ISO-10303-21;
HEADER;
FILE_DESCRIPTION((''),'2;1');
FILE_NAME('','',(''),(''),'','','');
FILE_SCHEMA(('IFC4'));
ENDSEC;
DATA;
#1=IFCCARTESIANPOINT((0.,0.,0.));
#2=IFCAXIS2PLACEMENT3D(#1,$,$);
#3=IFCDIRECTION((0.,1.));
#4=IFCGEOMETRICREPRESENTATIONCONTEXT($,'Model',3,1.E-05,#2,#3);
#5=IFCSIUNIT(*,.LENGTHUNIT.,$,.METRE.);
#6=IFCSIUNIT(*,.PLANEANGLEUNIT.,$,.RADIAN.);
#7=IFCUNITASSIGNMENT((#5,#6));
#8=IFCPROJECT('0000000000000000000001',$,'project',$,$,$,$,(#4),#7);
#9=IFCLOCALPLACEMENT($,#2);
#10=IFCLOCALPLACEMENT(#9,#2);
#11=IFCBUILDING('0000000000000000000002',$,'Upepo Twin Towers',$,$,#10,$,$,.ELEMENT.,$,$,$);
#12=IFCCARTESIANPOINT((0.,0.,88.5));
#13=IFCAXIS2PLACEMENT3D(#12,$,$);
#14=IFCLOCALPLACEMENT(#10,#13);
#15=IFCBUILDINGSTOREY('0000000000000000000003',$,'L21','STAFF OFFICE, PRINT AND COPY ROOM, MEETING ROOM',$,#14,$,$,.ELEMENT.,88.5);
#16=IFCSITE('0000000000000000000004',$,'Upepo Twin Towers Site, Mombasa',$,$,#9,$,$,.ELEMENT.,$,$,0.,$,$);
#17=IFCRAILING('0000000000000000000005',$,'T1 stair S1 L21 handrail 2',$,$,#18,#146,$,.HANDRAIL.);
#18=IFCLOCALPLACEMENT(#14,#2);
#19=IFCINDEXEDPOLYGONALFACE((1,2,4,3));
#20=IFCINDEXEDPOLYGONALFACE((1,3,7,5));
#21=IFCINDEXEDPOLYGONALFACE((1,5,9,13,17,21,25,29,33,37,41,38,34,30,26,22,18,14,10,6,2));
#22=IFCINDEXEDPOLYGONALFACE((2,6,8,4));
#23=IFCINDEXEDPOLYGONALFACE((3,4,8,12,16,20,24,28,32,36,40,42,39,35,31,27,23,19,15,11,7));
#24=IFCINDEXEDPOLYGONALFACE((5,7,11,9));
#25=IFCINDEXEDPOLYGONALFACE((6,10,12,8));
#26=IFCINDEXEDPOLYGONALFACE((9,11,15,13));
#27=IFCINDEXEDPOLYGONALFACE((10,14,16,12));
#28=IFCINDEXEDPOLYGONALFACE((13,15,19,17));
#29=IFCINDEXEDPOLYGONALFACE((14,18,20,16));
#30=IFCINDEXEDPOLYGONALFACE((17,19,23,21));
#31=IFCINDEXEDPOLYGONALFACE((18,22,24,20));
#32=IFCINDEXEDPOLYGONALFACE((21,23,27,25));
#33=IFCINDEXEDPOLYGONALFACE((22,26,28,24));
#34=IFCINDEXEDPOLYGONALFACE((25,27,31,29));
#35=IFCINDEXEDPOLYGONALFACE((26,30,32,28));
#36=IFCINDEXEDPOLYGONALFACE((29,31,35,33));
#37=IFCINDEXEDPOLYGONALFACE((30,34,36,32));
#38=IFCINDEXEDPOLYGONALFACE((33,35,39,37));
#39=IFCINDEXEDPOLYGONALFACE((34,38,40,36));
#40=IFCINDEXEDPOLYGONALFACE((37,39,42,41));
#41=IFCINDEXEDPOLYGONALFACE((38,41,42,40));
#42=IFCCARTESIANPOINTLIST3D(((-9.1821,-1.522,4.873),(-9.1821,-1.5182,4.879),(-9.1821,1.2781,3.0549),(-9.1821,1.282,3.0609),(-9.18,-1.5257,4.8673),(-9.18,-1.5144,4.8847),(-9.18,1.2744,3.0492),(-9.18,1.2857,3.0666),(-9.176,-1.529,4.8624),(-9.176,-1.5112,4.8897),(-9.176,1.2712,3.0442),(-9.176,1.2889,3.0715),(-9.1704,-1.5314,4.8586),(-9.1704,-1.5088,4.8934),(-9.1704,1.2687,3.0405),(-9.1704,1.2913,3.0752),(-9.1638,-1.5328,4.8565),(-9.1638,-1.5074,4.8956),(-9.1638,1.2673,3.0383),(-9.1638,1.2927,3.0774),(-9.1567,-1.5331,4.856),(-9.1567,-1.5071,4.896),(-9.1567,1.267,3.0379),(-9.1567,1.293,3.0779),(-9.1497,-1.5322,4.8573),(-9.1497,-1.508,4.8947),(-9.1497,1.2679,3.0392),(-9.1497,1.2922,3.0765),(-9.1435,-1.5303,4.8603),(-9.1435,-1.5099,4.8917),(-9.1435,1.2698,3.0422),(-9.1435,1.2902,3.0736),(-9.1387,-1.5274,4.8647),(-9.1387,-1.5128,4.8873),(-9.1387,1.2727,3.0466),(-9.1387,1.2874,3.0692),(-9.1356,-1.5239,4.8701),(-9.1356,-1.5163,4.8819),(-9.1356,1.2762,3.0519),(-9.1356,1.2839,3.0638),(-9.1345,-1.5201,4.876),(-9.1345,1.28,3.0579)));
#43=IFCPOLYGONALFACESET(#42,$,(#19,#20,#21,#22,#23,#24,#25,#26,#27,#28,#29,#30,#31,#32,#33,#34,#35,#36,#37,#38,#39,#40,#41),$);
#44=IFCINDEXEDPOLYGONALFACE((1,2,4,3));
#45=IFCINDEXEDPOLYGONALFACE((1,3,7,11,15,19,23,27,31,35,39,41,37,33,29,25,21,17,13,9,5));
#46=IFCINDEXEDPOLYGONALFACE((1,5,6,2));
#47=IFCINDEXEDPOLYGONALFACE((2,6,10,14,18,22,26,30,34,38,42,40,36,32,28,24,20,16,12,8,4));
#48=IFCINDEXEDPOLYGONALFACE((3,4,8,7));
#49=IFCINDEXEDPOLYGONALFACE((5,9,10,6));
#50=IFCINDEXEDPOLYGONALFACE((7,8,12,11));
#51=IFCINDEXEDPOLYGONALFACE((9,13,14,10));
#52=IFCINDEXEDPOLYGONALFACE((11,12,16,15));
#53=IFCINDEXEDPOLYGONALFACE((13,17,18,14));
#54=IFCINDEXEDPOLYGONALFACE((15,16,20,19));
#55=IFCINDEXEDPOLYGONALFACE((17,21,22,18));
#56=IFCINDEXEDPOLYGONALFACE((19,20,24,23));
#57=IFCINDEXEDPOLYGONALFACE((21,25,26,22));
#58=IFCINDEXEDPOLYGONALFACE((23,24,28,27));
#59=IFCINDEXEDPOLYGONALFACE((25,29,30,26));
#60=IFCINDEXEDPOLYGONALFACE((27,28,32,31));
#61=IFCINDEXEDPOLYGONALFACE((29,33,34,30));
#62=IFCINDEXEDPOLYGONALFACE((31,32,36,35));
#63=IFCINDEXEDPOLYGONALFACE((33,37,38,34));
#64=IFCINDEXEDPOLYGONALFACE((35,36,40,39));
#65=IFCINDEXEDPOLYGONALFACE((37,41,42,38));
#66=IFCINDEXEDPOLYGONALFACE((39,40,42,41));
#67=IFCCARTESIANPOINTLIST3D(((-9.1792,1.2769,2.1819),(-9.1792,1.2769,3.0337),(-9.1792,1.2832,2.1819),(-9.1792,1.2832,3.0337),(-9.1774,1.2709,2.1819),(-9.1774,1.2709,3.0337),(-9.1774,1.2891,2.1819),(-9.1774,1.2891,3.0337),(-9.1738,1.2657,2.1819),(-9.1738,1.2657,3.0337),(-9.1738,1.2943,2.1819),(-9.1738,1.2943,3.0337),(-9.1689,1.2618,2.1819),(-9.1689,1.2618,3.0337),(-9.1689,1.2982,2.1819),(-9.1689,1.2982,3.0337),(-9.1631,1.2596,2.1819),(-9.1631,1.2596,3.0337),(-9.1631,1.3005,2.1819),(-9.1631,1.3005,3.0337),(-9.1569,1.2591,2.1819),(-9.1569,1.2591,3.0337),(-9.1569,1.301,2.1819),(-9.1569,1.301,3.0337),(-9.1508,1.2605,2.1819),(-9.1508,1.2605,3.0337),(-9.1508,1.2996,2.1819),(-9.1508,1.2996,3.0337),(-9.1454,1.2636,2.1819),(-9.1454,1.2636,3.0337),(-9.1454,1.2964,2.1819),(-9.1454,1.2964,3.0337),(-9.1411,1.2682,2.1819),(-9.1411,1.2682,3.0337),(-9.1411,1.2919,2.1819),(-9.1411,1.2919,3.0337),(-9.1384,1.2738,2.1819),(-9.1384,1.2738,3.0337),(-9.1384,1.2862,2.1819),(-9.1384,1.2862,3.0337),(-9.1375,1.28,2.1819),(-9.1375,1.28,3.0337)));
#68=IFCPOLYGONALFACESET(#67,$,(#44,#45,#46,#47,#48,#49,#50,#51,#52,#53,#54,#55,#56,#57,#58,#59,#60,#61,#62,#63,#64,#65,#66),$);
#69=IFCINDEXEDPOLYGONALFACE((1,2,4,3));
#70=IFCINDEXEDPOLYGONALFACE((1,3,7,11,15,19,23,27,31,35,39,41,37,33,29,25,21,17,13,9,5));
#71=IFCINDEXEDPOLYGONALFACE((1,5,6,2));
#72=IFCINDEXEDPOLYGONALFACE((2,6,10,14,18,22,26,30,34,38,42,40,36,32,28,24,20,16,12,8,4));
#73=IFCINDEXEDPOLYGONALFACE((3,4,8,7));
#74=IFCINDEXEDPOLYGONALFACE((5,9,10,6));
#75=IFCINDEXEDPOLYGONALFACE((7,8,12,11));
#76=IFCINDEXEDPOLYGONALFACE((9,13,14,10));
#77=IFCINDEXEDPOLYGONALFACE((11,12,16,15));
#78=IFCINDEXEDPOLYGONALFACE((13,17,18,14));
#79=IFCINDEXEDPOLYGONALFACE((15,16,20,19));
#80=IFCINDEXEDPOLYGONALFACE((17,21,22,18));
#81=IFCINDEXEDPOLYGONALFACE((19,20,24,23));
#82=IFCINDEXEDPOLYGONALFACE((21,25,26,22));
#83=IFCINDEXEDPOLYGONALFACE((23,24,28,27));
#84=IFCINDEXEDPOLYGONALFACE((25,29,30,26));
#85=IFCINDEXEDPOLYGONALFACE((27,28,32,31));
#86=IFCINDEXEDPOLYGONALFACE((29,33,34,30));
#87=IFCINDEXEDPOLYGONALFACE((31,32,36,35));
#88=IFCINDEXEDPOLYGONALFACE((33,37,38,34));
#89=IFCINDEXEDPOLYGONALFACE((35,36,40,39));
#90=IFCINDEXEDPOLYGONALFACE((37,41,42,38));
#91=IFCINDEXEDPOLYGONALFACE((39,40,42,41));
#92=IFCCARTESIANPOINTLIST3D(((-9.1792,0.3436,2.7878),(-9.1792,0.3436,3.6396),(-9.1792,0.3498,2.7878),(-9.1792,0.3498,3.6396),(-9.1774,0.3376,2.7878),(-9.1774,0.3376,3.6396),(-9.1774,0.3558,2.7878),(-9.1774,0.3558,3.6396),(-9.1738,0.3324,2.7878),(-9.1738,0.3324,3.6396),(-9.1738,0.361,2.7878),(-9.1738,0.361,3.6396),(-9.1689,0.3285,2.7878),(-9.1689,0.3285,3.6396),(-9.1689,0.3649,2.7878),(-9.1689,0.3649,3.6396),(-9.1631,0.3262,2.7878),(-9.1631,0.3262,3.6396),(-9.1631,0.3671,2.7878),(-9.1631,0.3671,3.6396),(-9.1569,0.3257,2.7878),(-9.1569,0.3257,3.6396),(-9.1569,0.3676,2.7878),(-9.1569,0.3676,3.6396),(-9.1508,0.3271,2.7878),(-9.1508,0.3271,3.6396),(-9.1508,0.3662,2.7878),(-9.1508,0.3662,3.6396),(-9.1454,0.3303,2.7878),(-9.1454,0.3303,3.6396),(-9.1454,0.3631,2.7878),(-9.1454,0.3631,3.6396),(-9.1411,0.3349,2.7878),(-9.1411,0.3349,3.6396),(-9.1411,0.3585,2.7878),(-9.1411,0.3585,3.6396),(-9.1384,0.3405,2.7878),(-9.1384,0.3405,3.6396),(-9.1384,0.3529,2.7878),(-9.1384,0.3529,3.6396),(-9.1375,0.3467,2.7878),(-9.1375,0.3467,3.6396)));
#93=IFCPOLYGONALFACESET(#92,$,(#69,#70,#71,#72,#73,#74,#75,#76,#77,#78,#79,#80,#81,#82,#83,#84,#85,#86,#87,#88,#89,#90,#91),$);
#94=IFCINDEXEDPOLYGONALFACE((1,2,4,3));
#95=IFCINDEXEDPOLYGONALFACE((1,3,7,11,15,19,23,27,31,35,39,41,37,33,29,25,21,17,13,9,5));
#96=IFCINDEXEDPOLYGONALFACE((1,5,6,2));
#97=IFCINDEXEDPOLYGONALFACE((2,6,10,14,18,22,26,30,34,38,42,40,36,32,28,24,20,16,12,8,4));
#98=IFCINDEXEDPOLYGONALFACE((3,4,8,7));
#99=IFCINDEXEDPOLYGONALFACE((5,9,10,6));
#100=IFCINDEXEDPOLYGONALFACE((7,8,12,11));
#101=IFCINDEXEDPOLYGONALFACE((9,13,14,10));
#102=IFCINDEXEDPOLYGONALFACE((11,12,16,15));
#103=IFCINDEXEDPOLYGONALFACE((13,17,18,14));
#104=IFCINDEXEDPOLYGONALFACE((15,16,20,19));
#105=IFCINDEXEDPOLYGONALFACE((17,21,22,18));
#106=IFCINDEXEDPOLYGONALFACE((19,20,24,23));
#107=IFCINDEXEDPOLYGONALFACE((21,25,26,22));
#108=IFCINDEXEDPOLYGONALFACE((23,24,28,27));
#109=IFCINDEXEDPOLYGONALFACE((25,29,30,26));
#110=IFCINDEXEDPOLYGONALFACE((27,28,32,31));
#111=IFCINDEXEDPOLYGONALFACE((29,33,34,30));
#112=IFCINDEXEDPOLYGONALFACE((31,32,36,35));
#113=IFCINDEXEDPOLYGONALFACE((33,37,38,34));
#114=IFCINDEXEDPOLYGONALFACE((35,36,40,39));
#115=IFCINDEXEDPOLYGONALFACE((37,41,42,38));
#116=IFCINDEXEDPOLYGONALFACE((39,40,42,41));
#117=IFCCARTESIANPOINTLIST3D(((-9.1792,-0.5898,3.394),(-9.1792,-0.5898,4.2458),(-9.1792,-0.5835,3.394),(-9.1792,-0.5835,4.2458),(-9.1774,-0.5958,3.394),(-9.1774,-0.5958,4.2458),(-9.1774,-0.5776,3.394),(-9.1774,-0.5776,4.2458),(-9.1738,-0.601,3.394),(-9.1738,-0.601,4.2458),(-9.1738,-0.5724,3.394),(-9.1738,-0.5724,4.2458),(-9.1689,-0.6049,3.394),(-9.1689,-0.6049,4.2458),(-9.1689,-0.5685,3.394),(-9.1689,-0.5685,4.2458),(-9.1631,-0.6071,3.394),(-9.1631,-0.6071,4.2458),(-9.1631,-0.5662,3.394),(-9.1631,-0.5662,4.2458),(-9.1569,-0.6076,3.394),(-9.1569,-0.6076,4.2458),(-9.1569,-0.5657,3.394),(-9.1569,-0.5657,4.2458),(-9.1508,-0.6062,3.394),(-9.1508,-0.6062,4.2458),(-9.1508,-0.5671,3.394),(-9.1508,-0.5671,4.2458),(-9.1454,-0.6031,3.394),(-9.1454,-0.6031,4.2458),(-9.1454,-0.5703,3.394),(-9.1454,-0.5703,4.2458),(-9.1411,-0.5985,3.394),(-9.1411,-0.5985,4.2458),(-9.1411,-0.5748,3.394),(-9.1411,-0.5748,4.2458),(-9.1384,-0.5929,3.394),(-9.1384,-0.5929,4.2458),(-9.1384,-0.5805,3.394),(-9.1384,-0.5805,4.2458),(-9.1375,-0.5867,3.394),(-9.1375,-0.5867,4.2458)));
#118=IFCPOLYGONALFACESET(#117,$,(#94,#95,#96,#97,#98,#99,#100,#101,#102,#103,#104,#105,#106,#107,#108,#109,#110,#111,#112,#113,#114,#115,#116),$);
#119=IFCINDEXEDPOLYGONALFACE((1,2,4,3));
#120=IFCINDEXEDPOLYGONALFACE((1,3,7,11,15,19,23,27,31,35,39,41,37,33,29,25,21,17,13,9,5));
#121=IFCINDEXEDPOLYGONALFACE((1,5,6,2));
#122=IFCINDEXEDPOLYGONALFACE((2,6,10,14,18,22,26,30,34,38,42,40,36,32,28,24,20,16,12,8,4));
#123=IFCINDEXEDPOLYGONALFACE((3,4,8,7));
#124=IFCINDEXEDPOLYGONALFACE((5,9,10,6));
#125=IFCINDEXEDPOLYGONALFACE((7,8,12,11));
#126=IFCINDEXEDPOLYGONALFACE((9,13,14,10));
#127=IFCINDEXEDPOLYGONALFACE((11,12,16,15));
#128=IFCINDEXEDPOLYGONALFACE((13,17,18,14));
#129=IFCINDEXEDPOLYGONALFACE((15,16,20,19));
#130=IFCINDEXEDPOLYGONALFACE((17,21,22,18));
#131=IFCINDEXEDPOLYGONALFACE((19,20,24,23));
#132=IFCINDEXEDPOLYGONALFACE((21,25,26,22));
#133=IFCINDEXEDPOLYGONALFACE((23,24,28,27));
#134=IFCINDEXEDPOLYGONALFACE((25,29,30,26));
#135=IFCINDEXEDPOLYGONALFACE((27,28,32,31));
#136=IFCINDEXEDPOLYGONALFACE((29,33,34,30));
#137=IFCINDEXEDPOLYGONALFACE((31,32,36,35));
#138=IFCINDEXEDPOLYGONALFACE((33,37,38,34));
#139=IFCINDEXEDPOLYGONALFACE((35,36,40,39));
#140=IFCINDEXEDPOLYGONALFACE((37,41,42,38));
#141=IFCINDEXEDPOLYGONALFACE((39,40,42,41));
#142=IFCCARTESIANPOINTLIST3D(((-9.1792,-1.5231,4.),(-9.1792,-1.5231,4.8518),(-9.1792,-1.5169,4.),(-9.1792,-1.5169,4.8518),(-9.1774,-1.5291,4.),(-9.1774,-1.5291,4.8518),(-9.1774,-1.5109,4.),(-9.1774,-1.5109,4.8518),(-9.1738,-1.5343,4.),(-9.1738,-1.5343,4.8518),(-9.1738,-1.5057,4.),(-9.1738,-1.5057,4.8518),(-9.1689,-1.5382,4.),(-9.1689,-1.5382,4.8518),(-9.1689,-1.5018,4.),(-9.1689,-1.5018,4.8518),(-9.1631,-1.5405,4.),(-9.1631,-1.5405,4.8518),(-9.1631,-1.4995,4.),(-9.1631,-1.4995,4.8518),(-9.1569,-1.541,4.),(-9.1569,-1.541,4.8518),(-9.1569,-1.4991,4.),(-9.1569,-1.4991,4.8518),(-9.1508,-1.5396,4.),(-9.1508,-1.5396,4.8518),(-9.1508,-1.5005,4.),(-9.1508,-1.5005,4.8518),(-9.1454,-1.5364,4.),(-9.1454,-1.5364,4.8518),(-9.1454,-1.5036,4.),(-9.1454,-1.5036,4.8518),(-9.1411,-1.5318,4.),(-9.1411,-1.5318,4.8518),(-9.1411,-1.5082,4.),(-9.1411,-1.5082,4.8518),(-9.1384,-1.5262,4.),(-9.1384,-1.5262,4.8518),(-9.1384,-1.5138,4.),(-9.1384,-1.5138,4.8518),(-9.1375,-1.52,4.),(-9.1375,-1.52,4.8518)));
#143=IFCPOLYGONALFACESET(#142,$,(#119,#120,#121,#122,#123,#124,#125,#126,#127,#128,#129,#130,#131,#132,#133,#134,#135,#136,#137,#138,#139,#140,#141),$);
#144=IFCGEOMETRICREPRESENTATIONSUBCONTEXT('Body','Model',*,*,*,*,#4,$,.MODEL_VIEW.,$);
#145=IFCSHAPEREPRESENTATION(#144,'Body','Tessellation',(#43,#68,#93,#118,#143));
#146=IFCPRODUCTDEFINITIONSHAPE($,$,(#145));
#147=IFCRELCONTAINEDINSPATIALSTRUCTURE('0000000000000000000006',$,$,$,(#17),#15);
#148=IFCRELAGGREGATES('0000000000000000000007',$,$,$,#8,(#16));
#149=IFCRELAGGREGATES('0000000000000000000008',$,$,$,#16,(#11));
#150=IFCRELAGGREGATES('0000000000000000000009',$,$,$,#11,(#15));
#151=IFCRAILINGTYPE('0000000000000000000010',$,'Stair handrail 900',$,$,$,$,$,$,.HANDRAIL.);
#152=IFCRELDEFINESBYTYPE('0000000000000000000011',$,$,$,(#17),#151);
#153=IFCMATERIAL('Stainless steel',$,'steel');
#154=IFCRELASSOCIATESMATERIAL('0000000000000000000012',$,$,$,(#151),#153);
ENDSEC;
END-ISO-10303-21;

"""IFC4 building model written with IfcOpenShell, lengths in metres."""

from ifc_helpers import new_model, si_unit, direction, frame, origin, origin_2d, place, context, subcontext, project, spatial, circle, extrude, material, type_object, element, save


model = new_model("IFC4")

# Units and contexts
model_context = context("Model", 3, precision=1e-05, world=origin(), true_north=direction((0.0, 1.0)))
body_context = subcontext(model_context, "Body", "Model", "MODEL_VIEW")
ifc_project = project(units=[si_unit("LENGTHUNIT", "METRE"), si_unit("PLANEANGLEUNIT", "RADIAN")], contexts=[model_context])

# Site, building, storey
site_placement = place(None, origin())
site = spatial("IfcSite", under=ifc_project, at=site_placement, Name="Upepo Twin Towers Site, Mombasa", CompositionType="ELEMENT", RefElevation=0.0)
building_placement = place(site_placement, origin())
building = spatial("IfcBuilding", under=site, at=building_placement, Name="Upepo Twin Towers", CompositionType="ELEMENT")
storey_placement = place(building_placement, frame((0.0, 0.0, 88.5)))
storey = spatial("IfcBuildingStorey", under=building, at=storey_placement, Name="L21", Description="STAFF OFFICE, PRINT AND COPY ROOM, MEETING ROOM", CompositionType="ELEMENT", Elevation=88.5)

# Railing
ifc_material_1 = material(Name="Stainless steel", Category="steel")
railing_type = type_object("IfcRailingType", Name="Stair handrail 900", PredefinedType="HANDRAIL", material=ifc_material_1)
railing_placement = place(storey_placement, frame((-9.1584, 1.28, 2.1819)))
element("IfcRailing", 1, at=railing_placement, inside=storey, type_object=railing_type, Name="T1 stair S1 L21 handrail 2", PredefinedType="HANDRAIL", context=body_context, shape_type="SweptSolid", body=[
    extrude(circle(Radius=0.0239, at=origin_2d()), frame((0.0, 0.0, 0.876), z_axis=(0.0, -0.838706, 0.544585), x_axis=(1.0, 0.0, 0.0)), (0.0, 0.0, 1.0), 3.3386),
    extrude(circle(Radius=0.021, at=origin_2d()), origin(), (0.0, 0.0, 1.0), 0.8518),
    extrude(circle(Radius=0.021, at=origin_2d()), frame((0.0, -0.9333, 0.606)), (0.0, 0.0, 1.0), 0.8518),
    extrude(circle(Radius=0.021, at=origin_2d()), frame((0.0, -1.8667, 1.2122)), (0.0, 0.0, 1.0), 0.8518),
    extrude(circle(Radius=0.021, at=origin_2d()), frame((0.0, -2.8, 1.8181)), (0.0, 0.0, 1.0), 0.8518),
])

save(model, "model.ifc")
